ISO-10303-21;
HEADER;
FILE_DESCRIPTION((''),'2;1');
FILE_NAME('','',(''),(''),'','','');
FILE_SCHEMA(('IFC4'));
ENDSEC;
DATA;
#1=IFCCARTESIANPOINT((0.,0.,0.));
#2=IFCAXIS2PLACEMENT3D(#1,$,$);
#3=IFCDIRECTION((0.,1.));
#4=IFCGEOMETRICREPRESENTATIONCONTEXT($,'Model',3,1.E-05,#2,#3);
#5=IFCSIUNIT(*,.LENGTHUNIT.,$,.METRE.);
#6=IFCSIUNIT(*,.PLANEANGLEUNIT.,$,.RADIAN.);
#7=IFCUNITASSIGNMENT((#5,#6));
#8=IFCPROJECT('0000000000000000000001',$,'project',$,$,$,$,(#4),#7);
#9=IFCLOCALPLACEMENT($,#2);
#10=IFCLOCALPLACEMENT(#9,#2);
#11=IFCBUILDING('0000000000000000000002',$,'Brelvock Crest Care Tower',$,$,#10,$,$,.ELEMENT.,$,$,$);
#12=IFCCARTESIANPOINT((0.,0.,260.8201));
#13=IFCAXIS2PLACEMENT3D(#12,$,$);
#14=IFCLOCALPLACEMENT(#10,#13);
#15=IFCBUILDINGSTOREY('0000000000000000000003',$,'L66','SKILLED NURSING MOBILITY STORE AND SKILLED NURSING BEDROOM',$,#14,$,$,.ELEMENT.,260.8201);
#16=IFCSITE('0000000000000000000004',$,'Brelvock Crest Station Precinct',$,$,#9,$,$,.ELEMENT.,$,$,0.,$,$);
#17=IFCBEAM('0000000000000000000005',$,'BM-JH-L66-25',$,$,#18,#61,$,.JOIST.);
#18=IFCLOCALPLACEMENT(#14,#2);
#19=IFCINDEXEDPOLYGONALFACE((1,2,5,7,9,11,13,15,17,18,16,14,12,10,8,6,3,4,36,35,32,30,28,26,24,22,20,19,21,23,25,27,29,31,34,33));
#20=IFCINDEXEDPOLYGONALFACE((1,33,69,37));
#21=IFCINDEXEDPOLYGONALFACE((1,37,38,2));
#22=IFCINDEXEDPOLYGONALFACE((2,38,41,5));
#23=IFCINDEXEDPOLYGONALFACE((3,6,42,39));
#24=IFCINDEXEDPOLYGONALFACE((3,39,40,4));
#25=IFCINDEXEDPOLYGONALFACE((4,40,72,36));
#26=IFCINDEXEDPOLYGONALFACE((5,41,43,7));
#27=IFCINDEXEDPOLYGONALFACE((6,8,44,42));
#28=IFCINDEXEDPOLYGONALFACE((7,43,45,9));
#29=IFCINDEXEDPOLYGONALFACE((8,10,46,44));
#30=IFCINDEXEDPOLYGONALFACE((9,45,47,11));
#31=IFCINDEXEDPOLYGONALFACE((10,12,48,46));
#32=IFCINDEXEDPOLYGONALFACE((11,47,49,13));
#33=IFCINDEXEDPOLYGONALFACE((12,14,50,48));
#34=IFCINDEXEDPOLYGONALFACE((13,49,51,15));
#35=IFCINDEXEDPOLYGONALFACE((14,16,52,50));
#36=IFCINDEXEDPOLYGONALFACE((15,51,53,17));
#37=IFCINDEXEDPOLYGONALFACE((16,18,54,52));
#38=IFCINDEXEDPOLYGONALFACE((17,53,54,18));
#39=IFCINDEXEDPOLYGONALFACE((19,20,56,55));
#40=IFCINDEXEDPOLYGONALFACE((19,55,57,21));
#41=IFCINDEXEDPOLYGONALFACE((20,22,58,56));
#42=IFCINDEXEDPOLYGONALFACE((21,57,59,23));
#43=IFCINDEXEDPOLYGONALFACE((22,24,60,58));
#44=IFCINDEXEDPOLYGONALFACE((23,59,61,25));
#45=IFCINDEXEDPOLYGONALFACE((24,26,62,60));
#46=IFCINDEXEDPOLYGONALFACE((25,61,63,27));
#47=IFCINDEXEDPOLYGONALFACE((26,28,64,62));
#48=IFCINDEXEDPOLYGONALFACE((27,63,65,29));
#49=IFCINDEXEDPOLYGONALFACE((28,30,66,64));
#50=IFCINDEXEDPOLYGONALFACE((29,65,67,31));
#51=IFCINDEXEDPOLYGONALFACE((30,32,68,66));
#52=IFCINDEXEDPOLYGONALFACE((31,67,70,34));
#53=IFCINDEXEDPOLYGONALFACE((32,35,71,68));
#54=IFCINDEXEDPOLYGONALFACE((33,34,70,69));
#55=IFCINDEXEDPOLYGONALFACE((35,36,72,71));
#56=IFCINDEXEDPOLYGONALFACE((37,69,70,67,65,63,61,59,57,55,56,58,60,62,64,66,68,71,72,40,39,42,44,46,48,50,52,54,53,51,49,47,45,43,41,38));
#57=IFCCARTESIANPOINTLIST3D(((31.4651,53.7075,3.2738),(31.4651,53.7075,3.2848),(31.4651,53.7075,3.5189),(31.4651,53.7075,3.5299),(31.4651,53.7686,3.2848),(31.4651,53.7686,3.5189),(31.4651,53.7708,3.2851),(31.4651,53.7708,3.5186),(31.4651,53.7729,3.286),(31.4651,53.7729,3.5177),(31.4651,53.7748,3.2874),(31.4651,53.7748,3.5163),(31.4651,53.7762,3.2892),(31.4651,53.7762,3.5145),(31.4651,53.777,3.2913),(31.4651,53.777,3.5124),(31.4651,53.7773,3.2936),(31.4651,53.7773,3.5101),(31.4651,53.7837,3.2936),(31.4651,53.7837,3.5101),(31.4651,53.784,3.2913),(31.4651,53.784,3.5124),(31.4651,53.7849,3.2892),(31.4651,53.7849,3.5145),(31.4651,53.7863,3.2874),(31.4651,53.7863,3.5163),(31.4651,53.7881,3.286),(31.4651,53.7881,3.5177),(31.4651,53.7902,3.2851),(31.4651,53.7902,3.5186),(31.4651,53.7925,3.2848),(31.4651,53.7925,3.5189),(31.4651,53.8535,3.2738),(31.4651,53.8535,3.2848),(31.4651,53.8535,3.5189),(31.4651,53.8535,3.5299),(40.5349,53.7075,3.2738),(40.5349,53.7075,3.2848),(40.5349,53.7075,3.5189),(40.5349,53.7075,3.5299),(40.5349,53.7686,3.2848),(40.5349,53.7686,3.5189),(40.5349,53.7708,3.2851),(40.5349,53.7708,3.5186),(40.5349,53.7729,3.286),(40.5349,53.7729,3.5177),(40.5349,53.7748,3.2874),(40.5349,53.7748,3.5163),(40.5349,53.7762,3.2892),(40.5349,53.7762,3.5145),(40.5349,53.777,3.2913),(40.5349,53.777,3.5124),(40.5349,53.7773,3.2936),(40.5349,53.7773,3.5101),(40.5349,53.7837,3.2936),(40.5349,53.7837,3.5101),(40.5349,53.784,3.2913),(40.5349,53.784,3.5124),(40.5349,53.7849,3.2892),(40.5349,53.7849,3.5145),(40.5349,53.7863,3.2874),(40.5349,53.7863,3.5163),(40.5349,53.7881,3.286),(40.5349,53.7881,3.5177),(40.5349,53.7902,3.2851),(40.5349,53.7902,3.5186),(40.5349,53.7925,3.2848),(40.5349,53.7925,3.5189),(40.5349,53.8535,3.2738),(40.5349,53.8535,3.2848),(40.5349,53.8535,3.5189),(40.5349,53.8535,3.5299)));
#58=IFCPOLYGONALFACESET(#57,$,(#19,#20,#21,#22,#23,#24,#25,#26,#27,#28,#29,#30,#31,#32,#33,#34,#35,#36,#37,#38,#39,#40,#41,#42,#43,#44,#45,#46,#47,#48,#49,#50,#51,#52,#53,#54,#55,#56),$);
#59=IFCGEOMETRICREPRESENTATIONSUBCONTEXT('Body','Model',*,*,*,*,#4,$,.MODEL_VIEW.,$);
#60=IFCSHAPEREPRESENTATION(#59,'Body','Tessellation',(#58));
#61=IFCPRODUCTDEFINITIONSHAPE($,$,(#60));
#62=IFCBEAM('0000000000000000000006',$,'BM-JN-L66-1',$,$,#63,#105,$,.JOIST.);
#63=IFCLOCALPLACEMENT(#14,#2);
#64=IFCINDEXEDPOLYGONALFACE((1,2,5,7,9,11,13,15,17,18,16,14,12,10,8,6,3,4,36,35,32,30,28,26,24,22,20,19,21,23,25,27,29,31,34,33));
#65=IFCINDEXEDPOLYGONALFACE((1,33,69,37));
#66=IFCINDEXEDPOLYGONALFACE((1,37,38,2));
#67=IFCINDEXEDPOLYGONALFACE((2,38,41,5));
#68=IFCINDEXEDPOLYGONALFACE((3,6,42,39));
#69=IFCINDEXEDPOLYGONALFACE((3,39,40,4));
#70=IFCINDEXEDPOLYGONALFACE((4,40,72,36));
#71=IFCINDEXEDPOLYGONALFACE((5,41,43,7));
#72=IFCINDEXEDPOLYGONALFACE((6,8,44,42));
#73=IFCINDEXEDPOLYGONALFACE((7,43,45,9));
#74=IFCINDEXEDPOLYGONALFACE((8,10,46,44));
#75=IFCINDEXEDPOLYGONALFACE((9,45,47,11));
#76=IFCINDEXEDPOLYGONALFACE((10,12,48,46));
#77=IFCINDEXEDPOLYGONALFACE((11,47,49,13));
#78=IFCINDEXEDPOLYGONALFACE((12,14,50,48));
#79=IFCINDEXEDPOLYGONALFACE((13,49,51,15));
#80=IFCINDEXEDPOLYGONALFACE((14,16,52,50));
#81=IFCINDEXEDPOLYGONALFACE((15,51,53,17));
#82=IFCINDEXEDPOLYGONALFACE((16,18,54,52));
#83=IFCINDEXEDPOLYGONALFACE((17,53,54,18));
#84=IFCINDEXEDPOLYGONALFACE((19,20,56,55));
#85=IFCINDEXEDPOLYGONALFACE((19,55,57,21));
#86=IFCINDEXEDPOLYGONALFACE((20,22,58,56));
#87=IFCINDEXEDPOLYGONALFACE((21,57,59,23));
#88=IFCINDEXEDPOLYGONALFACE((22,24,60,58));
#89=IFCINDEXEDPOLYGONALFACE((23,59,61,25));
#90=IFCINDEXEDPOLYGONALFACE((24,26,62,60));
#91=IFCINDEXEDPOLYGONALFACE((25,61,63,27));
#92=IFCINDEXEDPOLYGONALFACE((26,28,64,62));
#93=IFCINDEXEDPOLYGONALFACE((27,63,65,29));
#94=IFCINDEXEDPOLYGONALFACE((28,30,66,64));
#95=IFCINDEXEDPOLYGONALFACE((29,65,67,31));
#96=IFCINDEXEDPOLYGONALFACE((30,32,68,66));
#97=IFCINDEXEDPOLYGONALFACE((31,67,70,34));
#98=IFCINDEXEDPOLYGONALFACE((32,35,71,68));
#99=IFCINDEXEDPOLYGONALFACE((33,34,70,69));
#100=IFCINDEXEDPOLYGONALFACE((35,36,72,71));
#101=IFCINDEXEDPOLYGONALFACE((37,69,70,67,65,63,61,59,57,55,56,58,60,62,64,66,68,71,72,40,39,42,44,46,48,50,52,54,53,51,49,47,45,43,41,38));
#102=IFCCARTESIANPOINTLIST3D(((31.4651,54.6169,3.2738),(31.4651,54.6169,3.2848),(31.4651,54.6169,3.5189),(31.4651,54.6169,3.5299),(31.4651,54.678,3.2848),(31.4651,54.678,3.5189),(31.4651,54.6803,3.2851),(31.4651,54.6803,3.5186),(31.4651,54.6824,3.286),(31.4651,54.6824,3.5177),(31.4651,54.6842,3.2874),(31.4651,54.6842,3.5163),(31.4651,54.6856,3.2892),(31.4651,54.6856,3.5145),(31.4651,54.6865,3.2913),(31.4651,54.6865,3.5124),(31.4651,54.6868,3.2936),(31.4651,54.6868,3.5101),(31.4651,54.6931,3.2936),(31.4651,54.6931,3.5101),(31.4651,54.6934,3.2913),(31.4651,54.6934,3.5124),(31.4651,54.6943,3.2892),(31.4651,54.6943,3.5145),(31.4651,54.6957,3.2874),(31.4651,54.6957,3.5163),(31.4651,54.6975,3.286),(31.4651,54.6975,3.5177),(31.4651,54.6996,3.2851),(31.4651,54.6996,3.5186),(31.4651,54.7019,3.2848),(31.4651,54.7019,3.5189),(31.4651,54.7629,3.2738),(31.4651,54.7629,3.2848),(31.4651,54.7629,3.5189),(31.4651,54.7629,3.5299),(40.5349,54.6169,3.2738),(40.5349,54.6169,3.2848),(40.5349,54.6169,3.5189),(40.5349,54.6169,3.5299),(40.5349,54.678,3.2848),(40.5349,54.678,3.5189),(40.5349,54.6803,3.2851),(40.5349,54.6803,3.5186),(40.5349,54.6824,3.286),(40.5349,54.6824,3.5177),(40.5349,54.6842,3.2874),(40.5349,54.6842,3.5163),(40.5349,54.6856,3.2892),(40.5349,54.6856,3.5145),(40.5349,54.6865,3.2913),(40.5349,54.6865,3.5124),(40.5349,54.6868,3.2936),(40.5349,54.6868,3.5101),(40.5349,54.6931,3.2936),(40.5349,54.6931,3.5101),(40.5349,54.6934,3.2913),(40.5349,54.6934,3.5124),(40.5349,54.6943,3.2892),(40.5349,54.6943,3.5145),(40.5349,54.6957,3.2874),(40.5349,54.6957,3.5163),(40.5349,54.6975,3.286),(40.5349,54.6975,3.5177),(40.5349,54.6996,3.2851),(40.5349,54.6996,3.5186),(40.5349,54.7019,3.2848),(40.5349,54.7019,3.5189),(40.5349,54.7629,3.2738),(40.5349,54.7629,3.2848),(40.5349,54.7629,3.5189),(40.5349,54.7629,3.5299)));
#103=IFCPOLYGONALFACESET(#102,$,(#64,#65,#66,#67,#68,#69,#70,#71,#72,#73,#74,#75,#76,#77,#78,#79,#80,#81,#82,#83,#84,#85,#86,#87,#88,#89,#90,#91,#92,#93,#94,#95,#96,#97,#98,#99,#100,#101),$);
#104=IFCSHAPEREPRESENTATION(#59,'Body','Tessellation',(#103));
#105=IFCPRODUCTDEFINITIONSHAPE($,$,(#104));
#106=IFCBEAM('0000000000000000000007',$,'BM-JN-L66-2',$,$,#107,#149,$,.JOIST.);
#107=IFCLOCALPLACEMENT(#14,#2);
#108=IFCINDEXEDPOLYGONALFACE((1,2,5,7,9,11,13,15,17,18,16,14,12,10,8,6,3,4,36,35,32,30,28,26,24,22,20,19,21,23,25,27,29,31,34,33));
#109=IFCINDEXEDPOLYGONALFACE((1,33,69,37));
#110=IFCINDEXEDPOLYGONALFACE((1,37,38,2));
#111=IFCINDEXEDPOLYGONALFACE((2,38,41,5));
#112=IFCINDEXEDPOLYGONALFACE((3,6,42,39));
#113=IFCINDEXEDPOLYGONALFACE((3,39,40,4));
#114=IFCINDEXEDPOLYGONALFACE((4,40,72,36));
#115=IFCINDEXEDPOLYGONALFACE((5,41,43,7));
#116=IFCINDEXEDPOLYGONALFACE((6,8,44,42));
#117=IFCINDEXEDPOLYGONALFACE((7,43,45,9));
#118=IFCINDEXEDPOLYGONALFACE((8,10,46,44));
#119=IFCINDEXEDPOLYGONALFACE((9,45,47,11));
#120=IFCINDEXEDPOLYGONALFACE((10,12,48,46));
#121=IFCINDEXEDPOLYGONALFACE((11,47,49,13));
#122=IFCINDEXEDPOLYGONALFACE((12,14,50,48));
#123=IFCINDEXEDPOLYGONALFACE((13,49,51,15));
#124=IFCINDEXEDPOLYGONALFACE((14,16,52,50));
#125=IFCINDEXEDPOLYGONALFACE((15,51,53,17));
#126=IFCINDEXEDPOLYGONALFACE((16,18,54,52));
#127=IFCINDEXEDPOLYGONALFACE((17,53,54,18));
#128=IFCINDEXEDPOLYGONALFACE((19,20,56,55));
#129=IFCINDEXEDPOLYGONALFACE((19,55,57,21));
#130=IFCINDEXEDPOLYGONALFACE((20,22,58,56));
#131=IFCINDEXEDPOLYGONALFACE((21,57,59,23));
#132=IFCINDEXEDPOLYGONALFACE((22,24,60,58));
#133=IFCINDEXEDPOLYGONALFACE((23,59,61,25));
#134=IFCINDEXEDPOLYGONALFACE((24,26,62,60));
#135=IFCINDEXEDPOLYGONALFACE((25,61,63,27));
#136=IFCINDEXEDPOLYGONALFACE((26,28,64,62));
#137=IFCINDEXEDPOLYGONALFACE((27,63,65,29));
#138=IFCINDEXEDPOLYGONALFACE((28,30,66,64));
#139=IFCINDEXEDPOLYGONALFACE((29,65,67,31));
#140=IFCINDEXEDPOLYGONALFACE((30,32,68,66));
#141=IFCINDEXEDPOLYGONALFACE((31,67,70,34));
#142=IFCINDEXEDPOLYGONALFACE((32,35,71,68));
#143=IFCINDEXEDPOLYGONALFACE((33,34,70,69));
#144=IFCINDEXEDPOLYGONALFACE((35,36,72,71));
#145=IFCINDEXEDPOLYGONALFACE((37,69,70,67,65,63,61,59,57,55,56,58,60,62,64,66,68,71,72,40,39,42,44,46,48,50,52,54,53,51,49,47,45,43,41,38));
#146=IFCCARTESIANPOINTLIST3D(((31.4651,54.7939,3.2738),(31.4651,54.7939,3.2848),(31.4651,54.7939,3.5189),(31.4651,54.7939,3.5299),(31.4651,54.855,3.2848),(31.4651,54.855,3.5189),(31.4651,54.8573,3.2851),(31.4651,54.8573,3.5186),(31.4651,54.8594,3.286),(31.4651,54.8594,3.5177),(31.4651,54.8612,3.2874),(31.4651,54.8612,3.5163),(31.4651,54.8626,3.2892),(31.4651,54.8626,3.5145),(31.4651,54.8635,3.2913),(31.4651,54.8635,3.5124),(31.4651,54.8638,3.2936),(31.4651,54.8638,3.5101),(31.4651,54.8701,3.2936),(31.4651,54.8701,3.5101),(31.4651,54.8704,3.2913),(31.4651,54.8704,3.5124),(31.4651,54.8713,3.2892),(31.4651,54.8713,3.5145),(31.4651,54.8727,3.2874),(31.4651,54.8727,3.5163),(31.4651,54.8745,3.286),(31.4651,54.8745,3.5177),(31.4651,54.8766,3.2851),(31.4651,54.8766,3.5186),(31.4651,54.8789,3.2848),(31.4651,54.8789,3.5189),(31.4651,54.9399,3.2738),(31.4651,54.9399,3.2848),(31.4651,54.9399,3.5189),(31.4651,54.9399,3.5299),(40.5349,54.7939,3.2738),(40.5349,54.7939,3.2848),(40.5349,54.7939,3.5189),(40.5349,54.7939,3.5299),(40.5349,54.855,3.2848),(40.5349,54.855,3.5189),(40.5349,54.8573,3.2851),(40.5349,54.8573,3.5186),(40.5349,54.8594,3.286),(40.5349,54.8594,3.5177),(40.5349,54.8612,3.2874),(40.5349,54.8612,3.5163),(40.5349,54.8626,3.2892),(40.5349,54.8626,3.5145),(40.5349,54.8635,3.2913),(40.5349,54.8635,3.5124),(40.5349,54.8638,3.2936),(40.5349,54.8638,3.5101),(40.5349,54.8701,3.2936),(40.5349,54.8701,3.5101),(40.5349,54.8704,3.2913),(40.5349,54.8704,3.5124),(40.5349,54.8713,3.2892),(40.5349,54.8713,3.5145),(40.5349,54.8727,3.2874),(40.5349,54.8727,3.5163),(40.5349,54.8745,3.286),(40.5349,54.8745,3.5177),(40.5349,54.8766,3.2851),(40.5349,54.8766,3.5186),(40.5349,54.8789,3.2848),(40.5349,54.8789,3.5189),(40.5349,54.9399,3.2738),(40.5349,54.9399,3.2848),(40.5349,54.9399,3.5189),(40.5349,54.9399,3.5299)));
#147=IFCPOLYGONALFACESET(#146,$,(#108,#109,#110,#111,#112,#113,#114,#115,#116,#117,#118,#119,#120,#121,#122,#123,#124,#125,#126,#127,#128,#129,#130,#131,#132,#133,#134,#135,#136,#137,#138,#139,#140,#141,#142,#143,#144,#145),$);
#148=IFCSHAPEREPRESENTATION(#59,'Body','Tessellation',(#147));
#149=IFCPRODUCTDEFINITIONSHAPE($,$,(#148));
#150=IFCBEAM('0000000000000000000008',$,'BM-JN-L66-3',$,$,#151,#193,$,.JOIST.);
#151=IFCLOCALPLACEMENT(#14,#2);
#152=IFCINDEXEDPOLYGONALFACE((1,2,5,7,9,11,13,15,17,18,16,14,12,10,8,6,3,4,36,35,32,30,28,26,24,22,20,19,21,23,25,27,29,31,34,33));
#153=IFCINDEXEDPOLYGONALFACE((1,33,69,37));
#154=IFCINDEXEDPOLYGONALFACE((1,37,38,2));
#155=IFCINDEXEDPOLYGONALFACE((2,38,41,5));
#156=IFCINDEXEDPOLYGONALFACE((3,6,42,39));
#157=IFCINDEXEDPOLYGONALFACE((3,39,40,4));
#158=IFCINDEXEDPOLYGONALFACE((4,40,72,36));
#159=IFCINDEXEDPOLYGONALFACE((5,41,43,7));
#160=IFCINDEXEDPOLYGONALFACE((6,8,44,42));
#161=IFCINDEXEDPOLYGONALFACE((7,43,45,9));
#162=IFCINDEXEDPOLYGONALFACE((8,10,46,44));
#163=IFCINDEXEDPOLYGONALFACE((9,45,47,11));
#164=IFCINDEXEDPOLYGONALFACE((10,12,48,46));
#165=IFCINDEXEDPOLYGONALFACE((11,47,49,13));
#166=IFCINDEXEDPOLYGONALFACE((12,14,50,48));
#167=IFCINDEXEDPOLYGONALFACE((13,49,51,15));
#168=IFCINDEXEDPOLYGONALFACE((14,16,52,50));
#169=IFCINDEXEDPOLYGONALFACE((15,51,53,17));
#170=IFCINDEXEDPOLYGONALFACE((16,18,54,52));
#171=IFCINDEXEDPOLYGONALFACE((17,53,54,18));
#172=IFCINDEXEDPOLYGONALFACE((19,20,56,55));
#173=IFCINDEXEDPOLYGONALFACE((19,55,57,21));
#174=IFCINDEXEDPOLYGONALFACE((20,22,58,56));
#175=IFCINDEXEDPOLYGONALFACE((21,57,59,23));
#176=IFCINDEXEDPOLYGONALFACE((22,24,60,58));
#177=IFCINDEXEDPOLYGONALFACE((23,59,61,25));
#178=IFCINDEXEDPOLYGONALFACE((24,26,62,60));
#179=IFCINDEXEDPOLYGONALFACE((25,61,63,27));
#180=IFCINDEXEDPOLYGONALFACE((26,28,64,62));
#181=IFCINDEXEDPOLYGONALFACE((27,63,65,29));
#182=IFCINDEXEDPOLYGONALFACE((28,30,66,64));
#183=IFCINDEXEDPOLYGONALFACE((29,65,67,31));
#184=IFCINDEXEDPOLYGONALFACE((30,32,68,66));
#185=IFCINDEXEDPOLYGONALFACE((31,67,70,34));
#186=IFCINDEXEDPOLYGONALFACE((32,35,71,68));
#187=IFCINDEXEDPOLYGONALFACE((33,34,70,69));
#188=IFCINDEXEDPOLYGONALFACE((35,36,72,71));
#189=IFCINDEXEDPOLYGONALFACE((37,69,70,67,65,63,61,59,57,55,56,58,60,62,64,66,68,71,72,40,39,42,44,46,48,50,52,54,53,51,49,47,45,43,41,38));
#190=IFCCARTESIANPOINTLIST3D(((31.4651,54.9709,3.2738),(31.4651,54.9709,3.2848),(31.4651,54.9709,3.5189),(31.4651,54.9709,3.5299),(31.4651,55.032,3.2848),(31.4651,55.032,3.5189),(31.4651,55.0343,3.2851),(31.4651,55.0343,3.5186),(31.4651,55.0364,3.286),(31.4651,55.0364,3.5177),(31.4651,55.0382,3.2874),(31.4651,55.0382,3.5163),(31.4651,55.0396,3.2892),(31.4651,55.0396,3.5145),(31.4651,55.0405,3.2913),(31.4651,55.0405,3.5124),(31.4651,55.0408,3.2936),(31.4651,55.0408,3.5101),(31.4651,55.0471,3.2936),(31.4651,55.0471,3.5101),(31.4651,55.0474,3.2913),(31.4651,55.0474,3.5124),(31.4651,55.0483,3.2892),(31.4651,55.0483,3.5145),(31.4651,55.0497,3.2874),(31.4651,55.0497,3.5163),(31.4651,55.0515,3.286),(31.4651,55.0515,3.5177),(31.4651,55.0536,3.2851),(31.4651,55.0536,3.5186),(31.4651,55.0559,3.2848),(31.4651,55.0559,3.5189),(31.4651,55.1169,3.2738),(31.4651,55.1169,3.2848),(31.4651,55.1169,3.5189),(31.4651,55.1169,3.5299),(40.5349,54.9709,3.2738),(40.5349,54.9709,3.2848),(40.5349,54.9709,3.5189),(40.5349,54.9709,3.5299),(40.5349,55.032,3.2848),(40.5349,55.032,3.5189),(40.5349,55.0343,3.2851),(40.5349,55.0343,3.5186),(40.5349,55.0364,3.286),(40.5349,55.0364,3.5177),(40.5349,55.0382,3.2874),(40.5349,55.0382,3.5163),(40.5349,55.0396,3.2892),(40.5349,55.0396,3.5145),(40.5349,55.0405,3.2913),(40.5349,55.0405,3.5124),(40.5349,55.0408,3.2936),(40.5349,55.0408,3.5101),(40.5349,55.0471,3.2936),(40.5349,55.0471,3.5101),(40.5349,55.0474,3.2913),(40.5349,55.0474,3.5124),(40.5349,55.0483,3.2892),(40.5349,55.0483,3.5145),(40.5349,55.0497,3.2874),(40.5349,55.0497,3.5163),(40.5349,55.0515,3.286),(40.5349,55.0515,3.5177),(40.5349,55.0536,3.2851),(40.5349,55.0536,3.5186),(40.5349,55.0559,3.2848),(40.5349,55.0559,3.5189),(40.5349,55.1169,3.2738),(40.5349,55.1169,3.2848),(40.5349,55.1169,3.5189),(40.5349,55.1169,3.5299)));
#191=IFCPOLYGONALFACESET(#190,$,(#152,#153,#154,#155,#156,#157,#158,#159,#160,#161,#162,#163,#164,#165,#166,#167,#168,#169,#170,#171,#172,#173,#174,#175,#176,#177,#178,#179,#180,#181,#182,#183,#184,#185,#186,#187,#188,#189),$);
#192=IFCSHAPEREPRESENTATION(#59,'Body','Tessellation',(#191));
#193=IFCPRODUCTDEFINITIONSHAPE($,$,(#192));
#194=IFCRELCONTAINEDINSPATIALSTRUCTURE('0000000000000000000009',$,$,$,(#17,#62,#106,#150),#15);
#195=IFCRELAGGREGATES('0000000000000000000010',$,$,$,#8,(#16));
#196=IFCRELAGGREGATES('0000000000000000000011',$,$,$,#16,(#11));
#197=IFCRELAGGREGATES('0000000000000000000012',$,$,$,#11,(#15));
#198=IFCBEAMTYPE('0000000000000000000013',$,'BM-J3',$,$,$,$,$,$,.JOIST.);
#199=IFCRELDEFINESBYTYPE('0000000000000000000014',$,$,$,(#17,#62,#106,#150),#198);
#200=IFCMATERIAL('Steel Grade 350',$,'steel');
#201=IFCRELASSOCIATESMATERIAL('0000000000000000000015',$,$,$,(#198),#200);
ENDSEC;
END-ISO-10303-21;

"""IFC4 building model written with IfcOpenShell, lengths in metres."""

from ifc_helpers import new_model, si_unit, direction, frame, origin, origin_2d, place, context, subcontext, project, spatial, i_section, extrude, source, transform, mapped, material, material_profile, profile_set, type_object, element, save


model = new_model("IFC4")

# Units and contexts
model_context = context("Model", 3, precision=1e-05, world=origin(), true_north=direction((0.0, 1.0)))
body_context = subcontext(model_context, "Body", "Model", "MODEL_VIEW")
ifc_project = project(units=[si_unit("LENGTHUNIT", "METRE"), si_unit("PLANEANGLEUNIT", "RADIAN")], contexts=[model_context])

# Site, building, storey
site_placement = place(None, origin())
site = spatial("IfcSite", under=ifc_project, at=site_placement, Name="Brelvock Crest Station Precinct", CompositionType="ELEMENT", RefElevation=0.0)
building_placement = place(site_placement, origin())
building = spatial("IfcBuilding", under=site, at=building_placement, Name="Brelvock Crest Care Tower", CompositionType="ELEMENT")
storey_placement = place(building_placement, frame((0.0, 0.0, 260.8201)))
storey = spatial("IfcBuildingStorey", under=building, at=storey_placement, Name="L66", Description="SKILLED NURSING MOBILITY STORE AND SKILLED NURSING BEDROOM", CompositionType="ELEMENT", Elevation=260.8201)

# Shared definitions
ifc_material_1 = material(Name="Steel Grade 350", Category="steel")

# Beams
ifc_material_profile_1 = material_profile(ifc_material_1, i_section(OverallWidth=0.146, OverallDepth=0.2561, WebThickness=0.0063, FlangeThickness=0.011, FilletRadius=0.0088, at=origin_2d()), Name="250UB37.3")
ifc_profile_set_1 = profile_set([ifc_material_profile_1], Name="Steel Grade 350")
beam_type_1 = type_object("IfcBeamType", Name="BM-J3", PredefinedType="JOIST", material=ifc_profile_set_1)
shared_shape_1 = source(origin(), body_context, "Body", "SweptSolid", [
    extrude(i_section(OverallWidth=0.146, OverallDepth=0.2561, WebThickness=0.0063, FlangeThickness=0.011, FilletRadius=0.0088, at=origin_2d()), origin(), (0.0, 0.0, 1.0), 9.0698),
])
for number, where, z_axis, x_axis, name in (
    (1, (31.4651, 53.7805, 3.4019), (1.0, 0.0, 0.0), (0.0, 1.0, 0.0), "BM-JH-L66-25"),
    (2, (31.4651, 54.6899, 3.4019), (1.0, 0.0, 0.0), (0.0, 1.0, 0.0), "BM-JN-L66-1"),
    (3, (31.4651, 54.8669, 3.4019), (1.0, 0.0, 0.0), (0.0, 1.0, 0.0), "BM-JN-L66-2"),
    (4, (31.4651, 55.0439, 3.4019), (1.0, 0.0, 0.0), (0.0, 1.0, 0.0), "BM-JN-L66-3"),
):
    element("IfcBeam", number, at=place(storey_placement, frame(where, z_axis=z_axis, x_axis=x_axis)), inside=storey, type_object=beam_type_1, Name=name, PredefinedType="JOIST", context=body_context, shape_type="MappedRepresentation", body=[
        mapped(shared_shape_1, transform((0.0, 0.0, 0.0), x_axis=(1.0, 0.0, 0.0), y_axis=(0.0, 1.0, 0.0), z_axis=(0.0, 0.0, 1.0), scale=1.0)),
    ])

save(model, "model.ifc")
